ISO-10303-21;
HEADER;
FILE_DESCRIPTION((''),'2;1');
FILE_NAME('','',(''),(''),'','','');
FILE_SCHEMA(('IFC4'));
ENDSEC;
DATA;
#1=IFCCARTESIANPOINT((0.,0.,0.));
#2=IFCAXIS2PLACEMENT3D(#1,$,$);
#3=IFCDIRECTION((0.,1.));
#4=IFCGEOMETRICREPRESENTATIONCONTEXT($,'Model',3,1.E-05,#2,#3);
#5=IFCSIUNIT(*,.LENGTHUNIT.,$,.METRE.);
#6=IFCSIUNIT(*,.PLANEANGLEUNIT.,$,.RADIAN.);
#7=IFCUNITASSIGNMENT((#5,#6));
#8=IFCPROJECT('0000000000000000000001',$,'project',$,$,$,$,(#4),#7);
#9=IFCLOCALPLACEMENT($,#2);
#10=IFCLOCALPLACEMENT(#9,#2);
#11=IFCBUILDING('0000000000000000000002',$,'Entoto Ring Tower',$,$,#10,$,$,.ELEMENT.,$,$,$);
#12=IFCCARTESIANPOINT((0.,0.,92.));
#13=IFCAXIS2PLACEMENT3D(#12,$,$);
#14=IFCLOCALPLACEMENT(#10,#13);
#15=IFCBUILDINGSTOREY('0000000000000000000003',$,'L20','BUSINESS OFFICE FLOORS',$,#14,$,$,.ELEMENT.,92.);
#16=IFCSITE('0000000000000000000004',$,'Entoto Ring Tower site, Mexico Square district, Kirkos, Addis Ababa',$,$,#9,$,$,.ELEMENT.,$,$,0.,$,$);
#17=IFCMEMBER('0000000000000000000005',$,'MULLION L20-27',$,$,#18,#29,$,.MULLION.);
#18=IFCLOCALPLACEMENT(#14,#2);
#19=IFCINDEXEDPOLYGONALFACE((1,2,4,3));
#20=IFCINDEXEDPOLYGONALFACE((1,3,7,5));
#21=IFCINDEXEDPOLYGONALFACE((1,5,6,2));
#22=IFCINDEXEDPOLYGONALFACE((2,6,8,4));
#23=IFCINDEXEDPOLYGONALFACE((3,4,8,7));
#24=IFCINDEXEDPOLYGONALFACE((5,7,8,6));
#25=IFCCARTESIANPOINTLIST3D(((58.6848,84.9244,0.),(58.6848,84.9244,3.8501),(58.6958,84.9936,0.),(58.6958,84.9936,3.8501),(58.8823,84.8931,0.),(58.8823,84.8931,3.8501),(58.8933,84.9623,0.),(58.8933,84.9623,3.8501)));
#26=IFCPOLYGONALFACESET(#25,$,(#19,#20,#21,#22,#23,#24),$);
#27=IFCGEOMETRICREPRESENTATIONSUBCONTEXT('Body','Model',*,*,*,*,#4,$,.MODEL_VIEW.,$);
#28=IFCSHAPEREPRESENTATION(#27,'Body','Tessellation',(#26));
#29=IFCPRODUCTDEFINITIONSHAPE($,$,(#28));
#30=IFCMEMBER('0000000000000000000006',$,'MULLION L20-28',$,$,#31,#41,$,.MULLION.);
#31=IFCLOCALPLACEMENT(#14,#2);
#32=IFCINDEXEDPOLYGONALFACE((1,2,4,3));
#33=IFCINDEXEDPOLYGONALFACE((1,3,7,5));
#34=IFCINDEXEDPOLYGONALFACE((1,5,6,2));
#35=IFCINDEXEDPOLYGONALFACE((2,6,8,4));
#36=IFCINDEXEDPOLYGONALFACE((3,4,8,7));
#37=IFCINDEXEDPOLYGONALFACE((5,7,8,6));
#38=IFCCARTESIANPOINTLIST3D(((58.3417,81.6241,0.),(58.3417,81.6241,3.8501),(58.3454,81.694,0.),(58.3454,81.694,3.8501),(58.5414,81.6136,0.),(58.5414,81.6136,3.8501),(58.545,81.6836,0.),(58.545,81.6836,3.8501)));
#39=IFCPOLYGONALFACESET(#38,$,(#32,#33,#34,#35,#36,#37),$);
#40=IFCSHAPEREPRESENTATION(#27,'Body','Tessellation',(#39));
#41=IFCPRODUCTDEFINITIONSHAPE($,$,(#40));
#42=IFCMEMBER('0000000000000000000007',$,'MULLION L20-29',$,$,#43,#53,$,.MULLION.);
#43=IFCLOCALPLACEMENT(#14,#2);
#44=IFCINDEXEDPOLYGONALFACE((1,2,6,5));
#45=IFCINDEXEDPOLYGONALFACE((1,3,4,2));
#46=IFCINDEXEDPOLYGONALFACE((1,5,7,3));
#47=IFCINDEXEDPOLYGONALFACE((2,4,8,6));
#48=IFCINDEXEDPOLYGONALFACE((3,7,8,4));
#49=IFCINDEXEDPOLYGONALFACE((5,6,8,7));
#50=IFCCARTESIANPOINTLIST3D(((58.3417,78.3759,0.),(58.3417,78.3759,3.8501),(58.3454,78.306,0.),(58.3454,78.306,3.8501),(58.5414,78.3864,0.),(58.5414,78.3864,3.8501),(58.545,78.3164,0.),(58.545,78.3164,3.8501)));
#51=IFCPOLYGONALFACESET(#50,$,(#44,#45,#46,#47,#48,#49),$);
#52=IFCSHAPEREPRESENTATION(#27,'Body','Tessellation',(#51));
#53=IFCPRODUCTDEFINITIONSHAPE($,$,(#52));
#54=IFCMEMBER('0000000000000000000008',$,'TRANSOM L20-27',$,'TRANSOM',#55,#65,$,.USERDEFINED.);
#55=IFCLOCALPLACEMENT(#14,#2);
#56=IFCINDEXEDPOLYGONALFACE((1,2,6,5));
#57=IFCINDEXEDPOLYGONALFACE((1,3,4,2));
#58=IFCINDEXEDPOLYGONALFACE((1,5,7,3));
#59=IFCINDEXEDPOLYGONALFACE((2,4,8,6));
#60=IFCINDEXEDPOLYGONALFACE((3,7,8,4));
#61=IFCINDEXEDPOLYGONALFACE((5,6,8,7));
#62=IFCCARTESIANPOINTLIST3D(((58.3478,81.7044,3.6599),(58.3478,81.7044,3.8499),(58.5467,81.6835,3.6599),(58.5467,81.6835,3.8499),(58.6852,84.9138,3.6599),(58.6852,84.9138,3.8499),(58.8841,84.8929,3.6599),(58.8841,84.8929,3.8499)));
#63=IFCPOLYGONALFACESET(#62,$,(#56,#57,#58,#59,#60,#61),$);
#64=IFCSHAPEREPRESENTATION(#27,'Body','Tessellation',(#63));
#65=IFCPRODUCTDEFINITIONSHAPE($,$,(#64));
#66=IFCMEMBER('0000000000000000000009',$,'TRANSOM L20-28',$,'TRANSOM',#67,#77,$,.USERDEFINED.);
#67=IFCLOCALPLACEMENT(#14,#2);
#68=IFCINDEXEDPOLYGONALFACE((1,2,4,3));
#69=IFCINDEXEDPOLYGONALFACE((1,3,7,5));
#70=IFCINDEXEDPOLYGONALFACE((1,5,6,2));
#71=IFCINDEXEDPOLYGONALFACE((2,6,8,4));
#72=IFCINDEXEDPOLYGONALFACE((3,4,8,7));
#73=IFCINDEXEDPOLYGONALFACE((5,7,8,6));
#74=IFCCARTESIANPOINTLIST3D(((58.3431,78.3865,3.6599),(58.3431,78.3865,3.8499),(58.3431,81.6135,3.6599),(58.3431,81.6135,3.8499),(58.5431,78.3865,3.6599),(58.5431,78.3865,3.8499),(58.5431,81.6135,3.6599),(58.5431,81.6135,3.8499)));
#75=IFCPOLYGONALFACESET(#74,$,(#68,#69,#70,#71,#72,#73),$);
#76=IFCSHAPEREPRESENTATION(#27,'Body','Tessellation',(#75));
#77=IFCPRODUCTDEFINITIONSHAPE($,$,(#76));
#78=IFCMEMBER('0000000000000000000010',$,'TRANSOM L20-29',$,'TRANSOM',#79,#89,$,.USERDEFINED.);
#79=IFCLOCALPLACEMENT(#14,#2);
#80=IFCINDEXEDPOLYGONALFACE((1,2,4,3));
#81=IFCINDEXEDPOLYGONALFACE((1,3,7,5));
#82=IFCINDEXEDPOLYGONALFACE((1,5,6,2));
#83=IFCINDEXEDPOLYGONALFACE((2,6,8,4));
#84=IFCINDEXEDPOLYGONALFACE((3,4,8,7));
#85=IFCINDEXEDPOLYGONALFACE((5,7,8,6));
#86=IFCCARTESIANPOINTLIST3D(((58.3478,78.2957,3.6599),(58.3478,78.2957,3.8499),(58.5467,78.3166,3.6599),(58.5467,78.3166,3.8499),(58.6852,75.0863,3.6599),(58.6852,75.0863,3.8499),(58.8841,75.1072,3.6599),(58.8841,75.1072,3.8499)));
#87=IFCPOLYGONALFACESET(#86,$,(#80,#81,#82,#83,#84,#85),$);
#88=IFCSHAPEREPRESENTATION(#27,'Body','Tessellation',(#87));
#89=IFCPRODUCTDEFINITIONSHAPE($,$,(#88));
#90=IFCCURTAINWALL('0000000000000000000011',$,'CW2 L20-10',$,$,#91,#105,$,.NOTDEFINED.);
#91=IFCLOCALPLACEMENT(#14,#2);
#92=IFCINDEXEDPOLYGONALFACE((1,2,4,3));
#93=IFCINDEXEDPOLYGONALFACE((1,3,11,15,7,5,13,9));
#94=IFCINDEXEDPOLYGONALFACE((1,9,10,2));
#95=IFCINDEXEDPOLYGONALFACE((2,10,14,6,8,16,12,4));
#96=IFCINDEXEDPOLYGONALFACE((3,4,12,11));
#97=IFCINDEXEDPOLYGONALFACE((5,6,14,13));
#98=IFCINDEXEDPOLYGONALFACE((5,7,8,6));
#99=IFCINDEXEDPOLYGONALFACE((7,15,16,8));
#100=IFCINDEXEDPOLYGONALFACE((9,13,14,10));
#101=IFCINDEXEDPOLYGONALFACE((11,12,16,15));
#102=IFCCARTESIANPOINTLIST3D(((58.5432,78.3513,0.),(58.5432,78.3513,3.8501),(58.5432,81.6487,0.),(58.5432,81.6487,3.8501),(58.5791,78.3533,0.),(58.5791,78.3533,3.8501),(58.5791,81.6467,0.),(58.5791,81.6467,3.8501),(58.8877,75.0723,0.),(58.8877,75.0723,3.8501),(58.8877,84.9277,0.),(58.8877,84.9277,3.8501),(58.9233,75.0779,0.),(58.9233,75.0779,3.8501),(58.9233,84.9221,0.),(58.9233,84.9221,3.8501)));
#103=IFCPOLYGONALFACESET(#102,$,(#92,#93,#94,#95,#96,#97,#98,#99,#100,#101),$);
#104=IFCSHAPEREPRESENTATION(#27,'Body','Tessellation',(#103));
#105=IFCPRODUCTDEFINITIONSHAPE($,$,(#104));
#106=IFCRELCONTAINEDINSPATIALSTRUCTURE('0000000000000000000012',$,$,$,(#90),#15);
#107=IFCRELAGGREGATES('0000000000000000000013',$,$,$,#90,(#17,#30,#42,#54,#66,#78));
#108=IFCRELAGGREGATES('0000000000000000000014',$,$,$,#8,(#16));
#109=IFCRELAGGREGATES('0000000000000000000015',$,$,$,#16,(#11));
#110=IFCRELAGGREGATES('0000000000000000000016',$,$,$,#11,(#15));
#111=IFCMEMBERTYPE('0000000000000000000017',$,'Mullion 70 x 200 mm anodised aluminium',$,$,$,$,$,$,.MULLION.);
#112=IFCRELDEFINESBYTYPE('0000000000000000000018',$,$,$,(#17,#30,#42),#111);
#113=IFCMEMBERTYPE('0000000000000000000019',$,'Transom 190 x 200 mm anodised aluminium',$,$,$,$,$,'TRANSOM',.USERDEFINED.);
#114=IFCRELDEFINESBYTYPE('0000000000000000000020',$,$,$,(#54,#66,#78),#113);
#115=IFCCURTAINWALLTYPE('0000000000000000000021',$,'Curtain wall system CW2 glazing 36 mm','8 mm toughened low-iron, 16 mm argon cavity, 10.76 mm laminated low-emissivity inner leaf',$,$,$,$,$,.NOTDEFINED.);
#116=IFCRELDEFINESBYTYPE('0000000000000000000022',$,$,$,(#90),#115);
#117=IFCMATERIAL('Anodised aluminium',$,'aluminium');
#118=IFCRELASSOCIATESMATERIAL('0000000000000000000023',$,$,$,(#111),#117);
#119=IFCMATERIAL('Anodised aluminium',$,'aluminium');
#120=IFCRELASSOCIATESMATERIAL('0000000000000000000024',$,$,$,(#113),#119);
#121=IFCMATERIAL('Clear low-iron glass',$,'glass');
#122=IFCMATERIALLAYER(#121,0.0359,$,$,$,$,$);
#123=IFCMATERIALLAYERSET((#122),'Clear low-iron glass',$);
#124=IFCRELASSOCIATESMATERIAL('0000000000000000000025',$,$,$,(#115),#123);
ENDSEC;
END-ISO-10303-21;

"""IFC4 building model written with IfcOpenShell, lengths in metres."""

from ifc_helpers import new_model, si_unit, direction, frame, origin, origin_2d, place, context, subcontext, project, spatial, polyline, rectangle, outline, extrude, material, layer, layer_set, material_profile, profile_set, type_object, element, aggregate, save


model = new_model("IFC4")

# Units and contexts
model_context = context("Model", 3, precision=1e-05, world=origin(), true_north=direction((0.0, 1.0)))
body_context = subcontext(model_context, "Body", "Model", "MODEL_VIEW")
ifc_project = project(units=[si_unit("LENGTHUNIT", "METRE"), si_unit("PLANEANGLEUNIT", "RADIAN")], contexts=[model_context])

# Members
ifc_material_1 = material(Name="Anodised aluminium", Category="aluminium")
ifc_material_profile_1 = material_profile(ifc_material_1, rectangle(XDim=0.0701, YDim=0.2, at=origin_2d()), Name="Mullion 70 x 200 mm anodised aluminium")
ifc_profile_set_1 = profile_set([ifc_material_profile_1], Name="Anodised aluminium")
member_type_1 = type_object("IfcMemberType", Name="Mullion 70 x 200 mm anodised aluminium", PredefinedType="MULLION", material=ifc_profile_set_1)
site_placement = place(None, origin())
building_placement = place(site_placement, origin())
storey_placement = place(building_placement, frame((0.0, 0.0, 92.0)))
member_1_placement = place(storey_placement, frame((58.7891, 84.9434, 0.0), z_axis=(0.0, 0.0, 1.0), x_axis=(-0.156434, -0.987688, 0.0)))
member_1 = element("IfcMember", 1, at=member_1_placement, type_object=member_type_1, Name="MULLION L20-27", PredefinedType="MULLION", context=body_context, shape_type="SweptSolid", body=[
    extrude(rectangle(XDim=0.0701, YDim=0.2, at=origin_2d()), origin(), (0.0, 0.0, 1.0), 3.8501),
])
member_2_placement = place(storey_placement, frame((58.4434, 81.6538, 0.0), z_axis=(0.0, 0.0, 1.0), x_axis=(-0.052336, -0.99863, 0.0)))
member_2 = element("IfcMember", 2, at=member_2_placement, type_object=member_type_1, Name="MULLION L20-28", PredefinedType="MULLION", context=body_context, shape_type="SweptSolid", body=[
    extrude(rectangle(XDim=0.0701, YDim=0.2, at=origin_2d()), origin(), (0.0, 0.0, 1.0), 3.8501),
])
member_3_placement = place(storey_placement, frame((58.4434, 78.3462, 0.0), z_axis=(0.0, 0.0, 1.0), x_axis=(0.052336, -0.99863, 0.0)))
member_3 = element("IfcMember", 3, at=member_3_placement, type_object=member_type_1, Name="MULLION L20-29", PredefinedType="MULLION", context=body_context, shape_type="SweptSolid", body=[
    extrude(rectangle(XDim=0.0701, YDim=0.2, at=origin_2d()), origin(), (0.0, 0.0, 1.0), 3.8501),
])
ifc_material_2 = material(Name="Anodised aluminium", Category="aluminium")
ifc_material_profile_2 = material_profile(ifc_material_2, rectangle(XDim=0.2, YDim=0.1899, at=origin_2d()), Name="Transom 190 x 200 mm anodised aluminium")
ifc_profile_set_2 = profile_set([ifc_material_profile_2], Name="Anodised aluminium")
member_type_2 = type_object("IfcMemberType", Name="Transom 190 x 200 mm anodised aluminium", ElementType="TRANSOM", PredefinedType="USERDEFINED", material=ifc_profile_set_2)
member_4_placement = place(storey_placement, frame((58.7847, 84.9033, 3.7549), z_axis=(-0.104551, -0.99452, 0.0), x_axis=(0.99452, -0.104551, 0.0)))
member_4 = element("IfcMember", 4, at=member_4_placement, type_object=member_type_2, Name="TRANSOM L20-27", ObjectType="TRANSOM", PredefinedType="USERDEFINED", context=body_context, shape_type="SweptSolid", body=[
    extrude(rectangle(XDim=0.2, YDim=0.1899, at=origin_2d()), origin(), (0.0, 0.0, 1.0), 3.2271),
])
member_5_placement = place(storey_placement, frame((58.4431, 81.6135, 3.7549), z_axis=(0.0, -1.0, 0.0), x_axis=(1.0, 0.0, 0.0)))
member_5 = element("IfcMember", 5, at=member_5_placement, type_object=member_type_2, Name="TRANSOM L20-28", ObjectType="TRANSOM", PredefinedType="USERDEFINED", context=body_context, shape_type="SweptSolid", body=[
    extrude(rectangle(XDim=0.2, YDim=0.1899, at=origin_2d()), origin(), (0.0, 0.0, 1.0), 3.2271),
])
member_6_placement = place(storey_placement, frame((58.4473, 78.3062, 3.7549), z_axis=(0.104551, -0.99452, 0.0), x_axis=(0.99452, 0.104551, 0.0)))
member_6 = element("IfcMember", 6, at=member_6_placement, type_object=member_type_2, Name="TRANSOM L20-29", ObjectType="TRANSOM", PredefinedType="USERDEFINED", context=body_context, shape_type="SweptSolid", body=[
    extrude(rectangle(XDim=0.2, YDim=0.1899, at=origin_2d()), origin(), (0.0, 0.0, 1.0), 3.2271),
])

# Site, building, storey
site = spatial("IfcSite", under=ifc_project, at=site_placement, Name="Entoto Ring Tower site, Mexico Square district, Kirkos, Addis Ababa", CompositionType="ELEMENT", RefElevation=0.0)
building = spatial("IfcBuilding", under=site, at=building_placement, Name="Entoto Ring Tower", CompositionType="ELEMENT")
storey = spatial("IfcBuildingStorey", under=building, at=storey_placement, Name="L20", Description="BUSINESS OFFICE FLOORS", CompositionType="ELEMENT", Elevation=92.0)

# Curtain wall
ifc_material_3 = material(Name="Clear low-iron glass", Category="glass")
ifc_layer = layer(ifc_material_3, 0.0359)
ifc_layer_set = layer_set([ifc_layer], Name="Clear low-iron glass")
curtain_wall_type = type_object("IfcCurtainWallType", Name="Curtain wall system CW2 glazing 36 mm", Description="8 mm toughened low-iron, 16 mm argon cavity, 10.76 mm laminated low-emissivity inner leaf", PredefinedType="NOTDEFINED", material=ifc_layer_set)
curtain_wall_1_placement = place(storey_placement, origin())
curtain_wall_1 = element("IfcCurtainWall", 7, at=curtain_wall_1_placement, inside=storey, type_object=curtain_wall_type, Name="CW2 L20-10", PredefinedType="NOTDEFINED", context=body_context, shape_type="SweptSolid", body=[
    extrude(outline(polyline([(58.8877, 84.9277), (58.5432, 81.6487), (58.5432, 78.3513), (58.8877, 75.0723), (58.9233, 75.0779), (58.5791, 78.3533), (58.5791, 81.6467), (58.9233, 84.9221), (58.8877, 84.9277)])), origin(), (0.0, 0.0, 1.0), 3.8501),
])
aggregate(curtain_wall_1, [member_1, member_2, member_3, member_4, member_5, member_6])

save(model, "model.ifc")
